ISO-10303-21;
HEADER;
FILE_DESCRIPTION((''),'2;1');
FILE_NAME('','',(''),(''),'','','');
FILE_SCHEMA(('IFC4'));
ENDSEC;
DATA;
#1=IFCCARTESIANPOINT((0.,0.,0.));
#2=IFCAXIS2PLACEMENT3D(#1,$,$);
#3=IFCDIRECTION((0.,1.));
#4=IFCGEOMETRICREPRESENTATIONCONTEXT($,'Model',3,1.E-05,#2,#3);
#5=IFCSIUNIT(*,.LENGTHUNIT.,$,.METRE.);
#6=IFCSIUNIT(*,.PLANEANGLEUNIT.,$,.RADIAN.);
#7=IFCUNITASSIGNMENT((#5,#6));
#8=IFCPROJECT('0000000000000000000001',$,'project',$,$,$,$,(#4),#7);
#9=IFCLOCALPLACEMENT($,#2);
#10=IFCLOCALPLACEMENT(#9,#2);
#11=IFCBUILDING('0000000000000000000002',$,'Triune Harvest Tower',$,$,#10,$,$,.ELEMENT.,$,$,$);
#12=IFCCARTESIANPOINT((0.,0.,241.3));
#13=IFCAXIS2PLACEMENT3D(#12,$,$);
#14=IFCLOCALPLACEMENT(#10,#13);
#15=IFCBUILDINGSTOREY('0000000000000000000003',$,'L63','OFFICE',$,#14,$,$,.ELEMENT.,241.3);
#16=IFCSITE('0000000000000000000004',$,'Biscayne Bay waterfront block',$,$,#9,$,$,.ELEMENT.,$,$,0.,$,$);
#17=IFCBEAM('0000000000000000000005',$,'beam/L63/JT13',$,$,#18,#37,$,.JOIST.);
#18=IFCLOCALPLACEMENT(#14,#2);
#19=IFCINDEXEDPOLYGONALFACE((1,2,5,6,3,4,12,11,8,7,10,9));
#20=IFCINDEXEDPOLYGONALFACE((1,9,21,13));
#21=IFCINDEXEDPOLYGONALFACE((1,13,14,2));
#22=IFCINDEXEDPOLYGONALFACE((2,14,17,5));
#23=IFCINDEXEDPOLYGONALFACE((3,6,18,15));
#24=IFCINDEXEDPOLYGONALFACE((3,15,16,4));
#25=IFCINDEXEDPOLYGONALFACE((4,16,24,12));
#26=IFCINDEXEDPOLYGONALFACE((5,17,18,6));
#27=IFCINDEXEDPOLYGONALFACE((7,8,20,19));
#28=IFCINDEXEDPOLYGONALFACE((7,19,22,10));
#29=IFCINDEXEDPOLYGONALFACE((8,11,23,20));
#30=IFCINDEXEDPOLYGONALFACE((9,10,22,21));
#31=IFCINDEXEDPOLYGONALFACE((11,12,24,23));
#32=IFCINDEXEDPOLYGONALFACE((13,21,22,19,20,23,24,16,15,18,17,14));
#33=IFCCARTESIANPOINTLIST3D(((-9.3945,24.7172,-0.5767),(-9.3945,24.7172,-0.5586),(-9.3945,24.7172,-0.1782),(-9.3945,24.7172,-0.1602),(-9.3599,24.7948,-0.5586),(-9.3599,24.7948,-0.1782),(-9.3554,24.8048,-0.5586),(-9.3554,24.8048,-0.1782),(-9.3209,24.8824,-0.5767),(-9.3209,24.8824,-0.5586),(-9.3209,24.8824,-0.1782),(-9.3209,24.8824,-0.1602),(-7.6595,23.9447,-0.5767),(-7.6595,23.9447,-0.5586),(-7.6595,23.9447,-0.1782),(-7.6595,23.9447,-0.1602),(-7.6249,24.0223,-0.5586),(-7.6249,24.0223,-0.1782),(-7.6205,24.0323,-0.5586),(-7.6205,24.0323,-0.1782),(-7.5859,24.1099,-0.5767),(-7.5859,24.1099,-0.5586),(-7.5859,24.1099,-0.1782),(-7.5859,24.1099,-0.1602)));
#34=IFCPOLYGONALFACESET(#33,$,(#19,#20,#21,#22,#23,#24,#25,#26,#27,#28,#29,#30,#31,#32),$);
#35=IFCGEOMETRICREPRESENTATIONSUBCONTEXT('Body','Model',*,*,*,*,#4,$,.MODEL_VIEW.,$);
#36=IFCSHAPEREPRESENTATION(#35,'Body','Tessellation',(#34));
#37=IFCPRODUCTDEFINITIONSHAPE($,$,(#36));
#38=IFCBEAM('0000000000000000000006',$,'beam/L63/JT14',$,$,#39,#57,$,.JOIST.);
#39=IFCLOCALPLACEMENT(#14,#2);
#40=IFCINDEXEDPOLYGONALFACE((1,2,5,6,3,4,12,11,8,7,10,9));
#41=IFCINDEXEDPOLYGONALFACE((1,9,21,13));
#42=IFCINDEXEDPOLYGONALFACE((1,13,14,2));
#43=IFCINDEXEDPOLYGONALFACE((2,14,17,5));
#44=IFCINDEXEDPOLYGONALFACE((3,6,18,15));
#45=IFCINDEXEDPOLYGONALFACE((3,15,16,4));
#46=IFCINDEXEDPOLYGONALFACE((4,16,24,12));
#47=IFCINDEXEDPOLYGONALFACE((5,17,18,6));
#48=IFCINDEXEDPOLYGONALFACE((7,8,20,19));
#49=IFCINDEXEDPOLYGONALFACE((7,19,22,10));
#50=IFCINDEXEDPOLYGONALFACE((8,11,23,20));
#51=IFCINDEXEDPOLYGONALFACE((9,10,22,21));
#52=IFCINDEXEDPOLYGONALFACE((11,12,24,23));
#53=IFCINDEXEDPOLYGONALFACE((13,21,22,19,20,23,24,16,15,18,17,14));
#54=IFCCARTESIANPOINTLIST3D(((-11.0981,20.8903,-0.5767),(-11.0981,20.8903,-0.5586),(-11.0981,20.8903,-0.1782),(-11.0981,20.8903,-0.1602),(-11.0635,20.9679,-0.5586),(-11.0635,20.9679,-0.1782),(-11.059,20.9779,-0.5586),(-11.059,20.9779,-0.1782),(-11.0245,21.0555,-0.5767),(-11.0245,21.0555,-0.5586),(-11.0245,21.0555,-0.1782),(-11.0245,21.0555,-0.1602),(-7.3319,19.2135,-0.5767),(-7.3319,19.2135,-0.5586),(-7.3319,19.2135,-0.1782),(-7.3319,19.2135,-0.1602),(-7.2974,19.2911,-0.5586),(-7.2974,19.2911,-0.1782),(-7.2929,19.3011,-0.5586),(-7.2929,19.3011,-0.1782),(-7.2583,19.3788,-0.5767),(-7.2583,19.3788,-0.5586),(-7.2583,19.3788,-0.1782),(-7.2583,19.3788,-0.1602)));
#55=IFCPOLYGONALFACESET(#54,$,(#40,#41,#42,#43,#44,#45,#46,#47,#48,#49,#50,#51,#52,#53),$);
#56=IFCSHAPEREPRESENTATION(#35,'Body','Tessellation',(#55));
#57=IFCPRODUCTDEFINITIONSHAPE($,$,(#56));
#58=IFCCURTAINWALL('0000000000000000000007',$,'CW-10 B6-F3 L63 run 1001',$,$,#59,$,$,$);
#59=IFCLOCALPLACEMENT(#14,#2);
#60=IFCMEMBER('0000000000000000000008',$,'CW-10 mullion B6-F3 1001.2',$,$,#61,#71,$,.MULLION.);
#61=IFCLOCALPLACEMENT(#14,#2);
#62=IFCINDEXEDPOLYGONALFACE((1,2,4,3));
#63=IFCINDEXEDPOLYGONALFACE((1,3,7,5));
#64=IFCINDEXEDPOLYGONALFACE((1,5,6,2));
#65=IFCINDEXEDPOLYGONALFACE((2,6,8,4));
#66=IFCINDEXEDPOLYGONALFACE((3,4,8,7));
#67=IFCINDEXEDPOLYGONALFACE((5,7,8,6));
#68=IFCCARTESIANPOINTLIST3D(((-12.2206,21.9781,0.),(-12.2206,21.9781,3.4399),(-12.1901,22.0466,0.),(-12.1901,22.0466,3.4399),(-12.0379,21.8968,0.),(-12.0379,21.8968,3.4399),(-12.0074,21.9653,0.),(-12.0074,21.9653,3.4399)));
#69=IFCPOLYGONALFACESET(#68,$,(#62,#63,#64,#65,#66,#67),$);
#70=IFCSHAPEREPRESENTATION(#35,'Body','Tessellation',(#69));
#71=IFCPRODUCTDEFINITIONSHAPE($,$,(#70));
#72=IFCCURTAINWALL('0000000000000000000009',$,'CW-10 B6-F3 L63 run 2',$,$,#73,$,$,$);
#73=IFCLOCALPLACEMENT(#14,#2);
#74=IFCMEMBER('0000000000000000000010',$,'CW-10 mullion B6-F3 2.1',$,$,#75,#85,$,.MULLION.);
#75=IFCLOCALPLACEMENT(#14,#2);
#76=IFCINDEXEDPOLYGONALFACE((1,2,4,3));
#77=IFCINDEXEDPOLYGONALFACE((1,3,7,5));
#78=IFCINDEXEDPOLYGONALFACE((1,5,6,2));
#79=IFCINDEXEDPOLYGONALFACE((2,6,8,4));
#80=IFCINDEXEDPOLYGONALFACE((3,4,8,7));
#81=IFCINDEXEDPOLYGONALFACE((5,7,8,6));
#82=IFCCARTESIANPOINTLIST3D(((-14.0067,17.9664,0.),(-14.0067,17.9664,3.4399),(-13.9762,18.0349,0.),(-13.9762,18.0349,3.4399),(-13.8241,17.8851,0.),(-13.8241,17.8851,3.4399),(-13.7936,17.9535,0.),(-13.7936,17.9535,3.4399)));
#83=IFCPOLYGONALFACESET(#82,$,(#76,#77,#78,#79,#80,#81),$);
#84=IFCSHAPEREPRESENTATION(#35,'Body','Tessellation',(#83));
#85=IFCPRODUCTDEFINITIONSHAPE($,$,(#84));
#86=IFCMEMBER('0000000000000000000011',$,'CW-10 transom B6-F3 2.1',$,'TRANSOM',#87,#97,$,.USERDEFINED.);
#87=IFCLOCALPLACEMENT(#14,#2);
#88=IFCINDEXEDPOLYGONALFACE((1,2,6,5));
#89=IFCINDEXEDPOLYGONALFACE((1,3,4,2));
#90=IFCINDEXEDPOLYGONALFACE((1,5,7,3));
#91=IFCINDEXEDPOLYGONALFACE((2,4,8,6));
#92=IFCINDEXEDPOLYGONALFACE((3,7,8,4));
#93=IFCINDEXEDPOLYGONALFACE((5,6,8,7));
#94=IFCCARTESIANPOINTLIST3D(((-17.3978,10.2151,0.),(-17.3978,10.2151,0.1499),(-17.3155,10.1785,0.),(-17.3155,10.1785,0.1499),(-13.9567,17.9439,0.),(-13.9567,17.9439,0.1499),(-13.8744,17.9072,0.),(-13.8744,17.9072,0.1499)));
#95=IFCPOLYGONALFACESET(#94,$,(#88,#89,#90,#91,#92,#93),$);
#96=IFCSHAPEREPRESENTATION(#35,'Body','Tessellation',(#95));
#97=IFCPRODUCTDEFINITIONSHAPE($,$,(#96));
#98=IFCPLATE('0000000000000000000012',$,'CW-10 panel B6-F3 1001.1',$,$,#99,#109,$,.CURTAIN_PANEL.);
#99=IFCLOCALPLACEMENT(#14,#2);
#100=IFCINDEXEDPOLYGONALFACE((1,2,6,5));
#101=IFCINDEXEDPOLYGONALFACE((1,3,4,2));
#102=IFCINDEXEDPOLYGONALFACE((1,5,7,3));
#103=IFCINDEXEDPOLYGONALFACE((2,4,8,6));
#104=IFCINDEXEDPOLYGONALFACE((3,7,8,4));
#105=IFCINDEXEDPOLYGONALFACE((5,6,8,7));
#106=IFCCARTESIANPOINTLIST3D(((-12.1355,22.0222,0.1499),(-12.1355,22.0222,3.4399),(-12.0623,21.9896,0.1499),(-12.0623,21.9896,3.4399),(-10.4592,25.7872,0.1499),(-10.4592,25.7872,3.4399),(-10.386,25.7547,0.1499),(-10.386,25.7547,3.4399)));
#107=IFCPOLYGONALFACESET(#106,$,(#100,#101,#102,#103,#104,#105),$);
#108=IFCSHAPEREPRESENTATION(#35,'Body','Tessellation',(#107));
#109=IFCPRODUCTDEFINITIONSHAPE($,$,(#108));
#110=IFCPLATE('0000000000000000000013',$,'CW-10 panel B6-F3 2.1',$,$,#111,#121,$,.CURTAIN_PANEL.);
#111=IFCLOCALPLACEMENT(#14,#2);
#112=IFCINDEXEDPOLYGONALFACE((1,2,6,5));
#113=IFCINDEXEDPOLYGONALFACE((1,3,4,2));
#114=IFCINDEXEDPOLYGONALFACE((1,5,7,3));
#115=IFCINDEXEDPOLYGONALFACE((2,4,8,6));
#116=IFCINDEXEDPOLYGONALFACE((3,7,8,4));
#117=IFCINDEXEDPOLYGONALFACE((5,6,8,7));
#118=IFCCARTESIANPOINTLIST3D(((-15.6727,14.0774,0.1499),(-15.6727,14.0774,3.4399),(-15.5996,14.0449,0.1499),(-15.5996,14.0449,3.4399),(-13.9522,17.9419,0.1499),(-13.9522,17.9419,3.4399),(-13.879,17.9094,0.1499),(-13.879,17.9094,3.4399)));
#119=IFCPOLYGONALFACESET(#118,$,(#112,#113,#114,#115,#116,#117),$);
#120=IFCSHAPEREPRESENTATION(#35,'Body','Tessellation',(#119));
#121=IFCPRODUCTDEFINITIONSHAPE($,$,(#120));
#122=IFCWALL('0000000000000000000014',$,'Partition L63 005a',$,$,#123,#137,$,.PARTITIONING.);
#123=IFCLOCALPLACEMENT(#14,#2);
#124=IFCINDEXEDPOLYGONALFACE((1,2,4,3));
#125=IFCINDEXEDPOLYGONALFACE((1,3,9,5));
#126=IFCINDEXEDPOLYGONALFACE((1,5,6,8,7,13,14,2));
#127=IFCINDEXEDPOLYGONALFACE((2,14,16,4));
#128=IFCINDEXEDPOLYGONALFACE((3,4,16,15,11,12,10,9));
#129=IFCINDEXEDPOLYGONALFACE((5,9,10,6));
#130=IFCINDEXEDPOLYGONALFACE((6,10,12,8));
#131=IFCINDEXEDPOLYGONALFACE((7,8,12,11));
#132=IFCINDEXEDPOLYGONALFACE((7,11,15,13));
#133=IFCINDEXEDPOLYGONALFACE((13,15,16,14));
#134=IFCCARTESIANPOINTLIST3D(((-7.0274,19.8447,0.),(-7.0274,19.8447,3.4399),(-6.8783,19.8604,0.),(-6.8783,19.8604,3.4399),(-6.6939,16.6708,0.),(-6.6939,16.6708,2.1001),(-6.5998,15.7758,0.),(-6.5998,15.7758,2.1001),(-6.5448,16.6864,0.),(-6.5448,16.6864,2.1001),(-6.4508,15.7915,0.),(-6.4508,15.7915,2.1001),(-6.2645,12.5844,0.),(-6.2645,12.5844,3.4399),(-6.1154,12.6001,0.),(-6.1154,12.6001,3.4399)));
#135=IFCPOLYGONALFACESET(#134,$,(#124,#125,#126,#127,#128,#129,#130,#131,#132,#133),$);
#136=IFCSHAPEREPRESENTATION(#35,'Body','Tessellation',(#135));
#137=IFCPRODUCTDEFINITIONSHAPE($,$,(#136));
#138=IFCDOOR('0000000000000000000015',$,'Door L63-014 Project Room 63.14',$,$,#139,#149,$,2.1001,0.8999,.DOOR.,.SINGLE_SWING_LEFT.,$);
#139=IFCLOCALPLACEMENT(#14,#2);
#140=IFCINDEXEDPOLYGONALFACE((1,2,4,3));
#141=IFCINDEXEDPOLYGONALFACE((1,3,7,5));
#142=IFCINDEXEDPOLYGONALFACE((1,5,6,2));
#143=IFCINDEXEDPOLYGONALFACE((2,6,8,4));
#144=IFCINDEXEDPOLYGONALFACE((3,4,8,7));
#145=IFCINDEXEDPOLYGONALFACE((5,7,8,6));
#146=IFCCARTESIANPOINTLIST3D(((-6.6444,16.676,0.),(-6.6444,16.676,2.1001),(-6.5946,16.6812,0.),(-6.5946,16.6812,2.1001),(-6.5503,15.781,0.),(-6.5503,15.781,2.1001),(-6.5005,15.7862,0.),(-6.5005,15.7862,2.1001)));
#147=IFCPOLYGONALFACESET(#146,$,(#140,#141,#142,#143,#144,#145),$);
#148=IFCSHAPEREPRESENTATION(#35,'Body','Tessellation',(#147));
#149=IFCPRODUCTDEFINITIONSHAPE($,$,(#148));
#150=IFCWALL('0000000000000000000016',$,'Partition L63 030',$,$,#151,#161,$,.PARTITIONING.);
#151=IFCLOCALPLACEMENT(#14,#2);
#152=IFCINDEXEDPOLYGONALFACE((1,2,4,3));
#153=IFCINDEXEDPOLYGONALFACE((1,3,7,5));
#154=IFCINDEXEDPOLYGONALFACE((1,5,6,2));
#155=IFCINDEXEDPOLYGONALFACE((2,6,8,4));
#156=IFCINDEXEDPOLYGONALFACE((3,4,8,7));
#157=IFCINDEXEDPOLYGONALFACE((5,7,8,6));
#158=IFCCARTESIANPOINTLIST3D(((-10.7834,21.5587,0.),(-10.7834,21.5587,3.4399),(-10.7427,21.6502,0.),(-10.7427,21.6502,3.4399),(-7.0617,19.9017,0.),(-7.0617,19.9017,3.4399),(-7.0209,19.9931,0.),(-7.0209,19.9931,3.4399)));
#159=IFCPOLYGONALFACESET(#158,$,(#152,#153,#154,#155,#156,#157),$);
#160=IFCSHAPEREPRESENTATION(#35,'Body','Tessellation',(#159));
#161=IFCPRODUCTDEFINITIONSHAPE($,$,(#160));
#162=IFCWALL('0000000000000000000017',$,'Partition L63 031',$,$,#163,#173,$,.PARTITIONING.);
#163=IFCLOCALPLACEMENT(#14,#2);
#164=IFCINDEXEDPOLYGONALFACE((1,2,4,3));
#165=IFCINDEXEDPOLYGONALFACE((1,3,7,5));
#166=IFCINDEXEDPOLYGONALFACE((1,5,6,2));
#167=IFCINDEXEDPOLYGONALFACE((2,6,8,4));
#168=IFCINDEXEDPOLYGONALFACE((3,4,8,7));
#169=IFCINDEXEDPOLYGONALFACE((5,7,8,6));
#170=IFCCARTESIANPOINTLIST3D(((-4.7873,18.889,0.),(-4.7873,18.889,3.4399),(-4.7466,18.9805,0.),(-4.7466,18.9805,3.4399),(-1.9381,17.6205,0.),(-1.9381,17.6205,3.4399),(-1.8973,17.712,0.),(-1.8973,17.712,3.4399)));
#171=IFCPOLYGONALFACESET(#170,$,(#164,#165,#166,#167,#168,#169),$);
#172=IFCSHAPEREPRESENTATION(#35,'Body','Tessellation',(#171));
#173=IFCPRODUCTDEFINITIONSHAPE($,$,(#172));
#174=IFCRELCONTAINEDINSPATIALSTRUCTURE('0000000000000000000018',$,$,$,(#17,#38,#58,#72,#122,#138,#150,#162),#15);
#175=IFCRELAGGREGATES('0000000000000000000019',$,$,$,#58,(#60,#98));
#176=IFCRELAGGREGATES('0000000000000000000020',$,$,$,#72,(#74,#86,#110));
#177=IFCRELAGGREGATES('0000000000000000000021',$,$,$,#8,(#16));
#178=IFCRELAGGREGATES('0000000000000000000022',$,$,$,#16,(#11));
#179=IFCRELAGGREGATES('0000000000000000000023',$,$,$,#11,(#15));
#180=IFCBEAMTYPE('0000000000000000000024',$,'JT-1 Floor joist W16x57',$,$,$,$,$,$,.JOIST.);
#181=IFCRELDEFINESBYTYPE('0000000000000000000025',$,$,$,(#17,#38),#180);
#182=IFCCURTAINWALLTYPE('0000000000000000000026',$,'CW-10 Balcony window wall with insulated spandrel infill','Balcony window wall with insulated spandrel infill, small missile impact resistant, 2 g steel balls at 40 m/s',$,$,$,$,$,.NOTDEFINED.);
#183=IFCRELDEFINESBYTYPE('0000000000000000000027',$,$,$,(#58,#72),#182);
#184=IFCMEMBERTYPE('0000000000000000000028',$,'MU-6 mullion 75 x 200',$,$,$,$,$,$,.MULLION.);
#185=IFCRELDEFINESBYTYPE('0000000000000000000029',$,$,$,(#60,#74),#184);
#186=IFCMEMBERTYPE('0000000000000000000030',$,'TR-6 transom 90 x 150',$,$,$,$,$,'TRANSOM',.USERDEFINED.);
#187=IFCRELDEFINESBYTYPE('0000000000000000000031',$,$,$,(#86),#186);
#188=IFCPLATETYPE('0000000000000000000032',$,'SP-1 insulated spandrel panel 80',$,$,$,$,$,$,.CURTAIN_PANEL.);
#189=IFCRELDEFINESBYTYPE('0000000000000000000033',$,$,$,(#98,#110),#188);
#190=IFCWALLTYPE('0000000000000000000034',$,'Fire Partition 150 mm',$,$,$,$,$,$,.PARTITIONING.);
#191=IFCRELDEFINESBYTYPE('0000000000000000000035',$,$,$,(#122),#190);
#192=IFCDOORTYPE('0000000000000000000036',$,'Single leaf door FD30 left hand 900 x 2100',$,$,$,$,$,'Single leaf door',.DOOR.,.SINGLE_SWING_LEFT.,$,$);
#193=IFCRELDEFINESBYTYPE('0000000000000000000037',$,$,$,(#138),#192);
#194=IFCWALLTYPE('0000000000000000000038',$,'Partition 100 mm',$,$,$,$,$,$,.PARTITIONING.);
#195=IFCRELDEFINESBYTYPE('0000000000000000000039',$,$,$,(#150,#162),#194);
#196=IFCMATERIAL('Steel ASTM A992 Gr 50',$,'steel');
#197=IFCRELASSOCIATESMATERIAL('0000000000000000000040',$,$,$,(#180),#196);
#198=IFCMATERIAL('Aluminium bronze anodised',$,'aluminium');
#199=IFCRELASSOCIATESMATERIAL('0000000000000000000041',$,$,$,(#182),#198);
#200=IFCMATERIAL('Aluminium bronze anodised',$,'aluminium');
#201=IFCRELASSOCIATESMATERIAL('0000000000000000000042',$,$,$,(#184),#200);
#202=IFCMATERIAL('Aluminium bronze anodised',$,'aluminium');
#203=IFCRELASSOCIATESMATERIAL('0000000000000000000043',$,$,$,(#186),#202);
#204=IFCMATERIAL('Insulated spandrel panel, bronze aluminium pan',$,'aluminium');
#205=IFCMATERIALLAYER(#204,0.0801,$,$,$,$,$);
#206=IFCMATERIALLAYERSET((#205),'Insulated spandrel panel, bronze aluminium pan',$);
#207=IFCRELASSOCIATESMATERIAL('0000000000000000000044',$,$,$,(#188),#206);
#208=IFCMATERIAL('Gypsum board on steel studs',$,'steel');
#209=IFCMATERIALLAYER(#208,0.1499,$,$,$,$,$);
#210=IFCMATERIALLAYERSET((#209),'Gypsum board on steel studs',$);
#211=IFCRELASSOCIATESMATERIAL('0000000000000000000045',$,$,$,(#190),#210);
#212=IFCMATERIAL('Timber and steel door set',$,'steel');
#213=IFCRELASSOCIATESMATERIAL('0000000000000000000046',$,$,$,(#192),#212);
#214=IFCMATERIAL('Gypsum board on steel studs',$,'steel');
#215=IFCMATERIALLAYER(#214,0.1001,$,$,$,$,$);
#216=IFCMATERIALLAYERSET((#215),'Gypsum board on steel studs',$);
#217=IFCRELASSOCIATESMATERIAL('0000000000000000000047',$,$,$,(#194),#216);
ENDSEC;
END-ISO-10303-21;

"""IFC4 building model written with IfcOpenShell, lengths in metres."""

from ifc_helpers import new_model, si_unit, direction, frame, frame_2d, origin, origin_2d, place, context, subcontext, project, spatial, rectangle, i_section, extrude, source, transform, mapped, material, layer, layer_set, material_profile, profile_set, type_object, element, fill, aggregate, save


model = new_model("IFC4")

# Units and contexts
model_context = context("Model", 3, precision=1e-05, world=origin(), true_north=direction((0.0, 1.0)))
body_context = subcontext(model_context, "Body", "Model", "MODEL_VIEW")
ifc_project = project(units=[si_unit("LENGTHUNIT", "METRE"), si_unit("PLANEANGLEUNIT", "RADIAN")], contexts=[model_context])

# Site, building, storey
site_placement = place(None, origin())
site = spatial("IfcSite", under=ifc_project, at=site_placement, Name="Biscayne Bay waterfront block", CompositionType="ELEMENT", RefElevation=0.0)
building_placement = place(site_placement, origin())
building = spatial("IfcBuilding", under=site, at=building_placement, Name="Triune Harvest Tower", CompositionType="ELEMENT")
storey_placement = place(building_placement, frame((0.0, 0.0, 241.3)))
storey = spatial("IfcBuildingStorey", under=building, at=storey_placement, Name="L63", Description="OFFICE", CompositionType="ELEMENT", Elevation=241.3)

# Beams
ifc_material_1 = material(Name="Steel ASTM A992 Gr 50", Category="steel")
ifc_material_profile_1 = material_profile(ifc_material_1, i_section(OverallWidth=0.1809, OverallDepth=0.4165, WebThickness=0.011, FlangeThickness=0.0181, at=origin_2d()), Name="W16x57")
ifc_profile_set_1 = profile_set([ifc_material_profile_1], Name="Steel ASTM A992 Gr 50")
beam_type_1 = type_object("IfcBeamType", Name="JT-1 Floor joist W16x57", PredefinedType="JOIST", material=ifc_profile_set_1)
shared_shape_1 = source(origin(), body_context, "Body", "SweptSolid", [
    extrude(i_section(OverallWidth=0.1809, OverallDepth=0.4165, WebThickness=0.011, FlangeThickness=0.0181, at=origin_2d()), origin(), (0.0, 0.0, 1.0), 1.8992),
])
beam_1_placement = place(storey_placement, frame((-9.3577, 24.7998, -0.3684), z_axis=(0.913536, -0.406759, 0.0), x_axis=(0.406759, 0.913536, 0.0)))
element("IfcBeam", 1, at=beam_1_placement, inside=storey, type_object=beam_type_1, Name="beam/L63/JT13", PredefinedType="JOIST", context=body_context, shape_type="MappedRepresentation", body=[
    mapped(shared_shape_1, transform((0.0, 0.0, 0.0), scale=1.0)),
])
shared_shape_2 = source(origin(), body_context, "Body", "SweptSolid", [
    extrude(i_section(OverallWidth=0.1809, OverallDepth=0.4165, WebThickness=0.011, FlangeThickness=0.0181, at=origin_2d()), origin(), (0.0, 0.0, 1.0), 4.1226),
])
beam_2_placement = place(storey_placement, frame((-11.0613, 20.9729, -0.3684), z_axis=(0.913548, -0.406732, 0.0), x_axis=(0.406732, 0.913548, 0.0)))
element("IfcBeam", 2, at=beam_2_placement, inside=storey, type_object=beam_type_1, Name="beam/L63/JT14", PredefinedType="JOIST", context=body_context, shape_type="MappedRepresentation", body=[
    mapped(shared_shape_2, transform((0.0, 0.0, 0.0), scale=1.0)),
])

# Curtain wall, member
ifc_material_2 = material(Name="Aluminium bronze anodised", Category="aluminium")
curtain_wall_type = type_object("IfcCurtainWallType", Name="CW-10 Balcony window wall with insulated spandrel infill", Description="Balcony window wall with insulated spandrel infill, small missile impact resistant, 2 g steel balls at 40 m/s", PredefinedType="NOTDEFINED", material=ifc_material_2)
curtain_wall_1_placement = place(storey_placement, origin())
curtain_wall_1 = element("IfcCurtainWall", 3, at=curtain_wall_1_placement, inside=storey, type_object=curtain_wall_type, Name="CW-10 B6-F3 L63 run 1001")
ifc_material_3 = material(Name="Aluminium bronze anodised", Category="aluminium")
ifc_material_profile_2 = material_profile(ifc_material_3, rectangle(XDim=0.2, YDim=0.075, at=origin_2d()), Name="MU-6 mullion 75 x 200")
ifc_profile_set_2 = profile_set([ifc_material_profile_2], Name="Aluminium bronze anodised")
member_type_1 = type_object("IfcMemberType", Name="MU-6 mullion 75 x 200", PredefinedType="MULLION", material=ifc_profile_set_2)
shared_shape_3 = source(origin(), body_context, "Body", "SweptSolid", [
    extrude(rectangle(XDim=0.2, YDim=0.075, at=origin_2d()), origin(), (0.0, 0.0, 1.0), 3.4399),
])
member_1_placement = place(storey_placement, frame((-12.114, 21.9717, 0.0), z_axis=(0.0, 0.0, 1.0), x_axis=(0.913542, -0.406744, 0.0)))
member_1 = element("IfcMember", 4, at=member_1_placement, type_object=member_type_1, Name="CW-10 mullion B6-F3 1001.2", PredefinedType="MULLION", context=body_context, shape_type="MappedRepresentation", body=[
    mapped(shared_shape_3, transform((0.0, 0.0, 0.0), scale=1.0)),
])

# Curtain wall, members
curtain_wall_2_placement = place(storey_placement, origin())
curtain_wall_2 = element("IfcCurtainWall", 5, at=curtain_wall_2_placement, inside=storey, type_object=curtain_wall_type, Name="CW-10 B6-F3 L63 run 2")
member_2_placement = place(storey_placement, frame((-13.9001, 17.96, 0.0), z_axis=(0.0, 0.0, 1.0), x_axis=(0.913546, -0.406735, 0.0)))
member_2 = element("IfcMember", 6, at=member_2_placement, type_object=member_type_1, Name="CW-10 mullion B6-F3 2.1", PredefinedType="MULLION", context=body_context, shape_type="MappedRepresentation", body=[
    mapped(shared_shape_3, transform((0.0, 0.0, 0.0), scale=1.0)),
])
ifc_material_4 = material(Name="Aluminium bronze anodised", Category="aluminium")
ifc_material_profile_3 = material_profile(ifc_material_4, rectangle(XDim=0.0901, YDim=0.1499, at=origin_2d()), Name="TR-6 transom 90 x 150")
ifc_profile_set_3 = profile_set([ifc_material_profile_3], Name="Aluminium bronze anodised")
member_type_2 = type_object("IfcMemberType", Name="TR-6 transom 90 x 150", ElementType="TRANSOM", PredefinedType="USERDEFINED", material=ifc_profile_set_3)
shared_shape_4 = source(origin(), body_context, "Body", "SweptSolid", [
    extrude(rectangle(XDim=0.0901, YDim=0.1499, at=origin_2d()), origin(), (0.0, 0.0, 1.0), 8.4602),
])
member_3_placement = place(storey_placement, frame((-13.9155, 17.9255, 0.075), z_axis=(-0.406746, -0.913541, 0.0), x_axis=(0.913541, -0.406746, 0.0)))
member_3 = element("IfcMember", 7, at=member_3_placement, type_object=member_type_2, Name="CW-10 transom B6-F3 2.1", ObjectType="TRANSOM", PredefinedType="USERDEFINED", context=body_context, shape_type="MappedRepresentation", body=[
    mapped(shared_shape_4, transform((0.0, 0.0, 0.0), scale=1.0)),
])

# Plates
ifc_material_5 = material(Name="Insulated spandrel panel, bronze aluminium pan", Category="aluminium")
ifc_layer_1 = layer(ifc_material_5, 0.0801)
ifc_layer_set_1 = layer_set([ifc_layer_1], Name="Insulated spandrel panel, bronze aluminium pan")
plate_type = type_object("IfcPlateType", Name="SP-1 insulated spandrel panel 80", PredefinedType="CURTAIN_PANEL", material=ifc_layer_set_1)
plate_1_placement = place(storey_placement, frame((-11.2607, 23.8884, 0.1499), z_axis=(0.0, 0.0, 1.0), x_axis=(-0.406744, -0.913542, 0.0)))
plate_1 = element("IfcPlate", 8, at=plate_1_placement, type_object=plate_type, Name="CW-10 panel B6-F3 1001.1", PredefinedType="CURTAIN_PANEL", context=body_context, shape_type="SweptSolid", body=[
    extrude(rectangle(XDim=4.1213, YDim=0.0801, at=origin_2d()), origin(), (0.0, 0.0, 1.0), 3.29),
])
aggregate(curtain_wall_1, [member_1, plate_1])
shared_shape_5 = source(origin(), body_context, "Body", "SweptSolid", [
    extrude(rectangle(XDim=4.2302, YDim=0.0801, at=origin_2d()), origin(), (0.0, 0.0, 1.0), 3.29),
])
plate_2_placement = place(storey_placement, frame((-14.7759, 15.9934, 0.1499), z_axis=(0.0, 0.0, 1.0), x_axis=(-0.406735, -0.913546, 0.0)))
plate_2 = element("IfcPlate", 9, at=plate_2_placement, type_object=plate_type, Name="CW-10 panel B6-F3 2.1", PredefinedType="CURTAIN_PANEL", context=body_context, shape_type="MappedRepresentation", body=[
    mapped(shared_shape_5, transform((0.0, 0.0, 0.0), scale=1.0)),
])
aggregate(curtain_wall_2, [member_2, member_3, plate_2])

# Wall, opening, door
ifc_material_6 = material(Name="Gypsum board on steel studs", Category="steel")
ifc_layer_2 = layer(ifc_material_6, 0.1499)
ifc_layer_set_2 = layer_set([ifc_layer_2], Name="Gypsum board on steel studs")
wall_type_1 = type_object("IfcWallType", Name="Fire Partition 150 mm", PredefinedType="PARTITIONING", material=ifc_layer_set_2)
wall_1_placement = place(storey_placement, frame((-6.9529, 19.8525, 0.0), z_axis=(0.0, 0.0, 1.0), x_axis=(0.104509, -0.994524, 0.0)))
wall_1 = element("IfcWall", 10, at=wall_1_placement, inside=storey, type_object=wall_type_1, Name="Partition L63 005a", PredefinedType="PARTITIONING", context=body_context, shape_type="SweptSolid", body=[
    extrude(rectangle(XDim=7.3003, YDim=0.1499, at=frame_2d((3.6501, 0.0))), origin(), (0.0, 0.0, 1.0), 3.4399),
])
opening_1_placement = place(wall_1_placement, frame((3.1914, 0.0, 0.0)))
opening_1 = element("IfcOpeningElement", 11, at=opening_1_placement, cuts=wall_1, PredefinedType="OPENING", context=body_context, shape_type="SweptSolid", body=[
    extrude(rectangle(XDim=0.8999, YDim=2.1001, at=frame_2d((0.45, 1.05))), frame((0.0, 0.085, 0.0), z_axis=(0.0, -1.0, 0.0), x_axis=(1.0, 0.0, 0.0)), (0.0, 0.0, 1.0), 0.1699),
])
ifc_material_7 = material(Name="Timber and steel door set", Category="steel")
door_type_1 = type_object("IfcDoorType", Name="Single leaf door FD30 left hand 900 x 2100", ElementType="Single leaf door", OperationType="SINGLE_SWING_LEFT", PredefinedType="DOOR", material=ifc_material_7)
door_1_placement = place(opening_1_placement, origin())
door_1 = element("IfcDoor", 12, at=door_1_placement, inside=storey, type_object=door_type_1, Name="Door L63-014 Project Room 63.14", OperationType="SINGLE_SWING_LEFT", OverallHeight=2.1001, OverallWidth=0.8999, PredefinedType="DOOR", context=body_context, shape_type="SweptSolid", body=[
    extrude(rectangle(XDim=0.8999, YDim=2.1001, at=frame_2d((0.45, 1.05))), frame((0.0, 0.0249, 0.0), z_axis=(0.0, -1.0, 0.0), x_axis=(1.0, 0.0, 0.0)), (0.0, 0.0, 1.0), 0.05),
])
fill(opening_1, door_1)

# Walls
ifc_material_8 = material(Name="Gypsum board on steel studs", Category="steel")
ifc_layer_3 = layer(ifc_material_8, 0.1001)
ifc_layer_set_3 = layer_set([ifc_layer_3], Name="Gypsum board on steel studs")
wall_type_2 = type_object("IfcWallType", Name="Partition 100 mm", PredefinedType="PARTITIONING", material=ifc_layer_set_3)
wall_2_placement = place(storey_placement, frame((-10.7632, 21.6045, 0.0), z_axis=(0.0, 0.0, 1.0), x_axis=(0.913547, -0.406733, 0.0)))
element("IfcWall", 13, at=wall_2_placement, inside=storey, type_object=wall_type_2, Name="Partition L63 030", PredefinedType="PARTITIONING", context=body_context, shape_type="SweptSolid", body=[
    extrude(rectangle(XDim=4.074, YDim=0.1001, at=frame_2d((2.0371, 0.0))), origin(), (0.0, 0.0, 1.0), 3.4399),
])
wall_3_placement = place(storey_placement, frame((-4.7671, 18.9348, 0.0), z_axis=(0.0, 0.0, 1.0), x_axis=(0.913553, -0.406719, 0.0)))
element("IfcWall", 14, at=wall_3_placement, inside=storey, type_object=wall_type_2, Name="Partition L63 031", PredefinedType="PARTITIONING", context=body_context, shape_type="SweptSolid", body=[
    extrude(rectangle(XDim=3.1189, YDim=0.1001, at=frame_2d((1.5596, 0.0))), origin(), (0.0, 0.0, 1.0), 3.4399),
])

save(model, "model.ifc")
